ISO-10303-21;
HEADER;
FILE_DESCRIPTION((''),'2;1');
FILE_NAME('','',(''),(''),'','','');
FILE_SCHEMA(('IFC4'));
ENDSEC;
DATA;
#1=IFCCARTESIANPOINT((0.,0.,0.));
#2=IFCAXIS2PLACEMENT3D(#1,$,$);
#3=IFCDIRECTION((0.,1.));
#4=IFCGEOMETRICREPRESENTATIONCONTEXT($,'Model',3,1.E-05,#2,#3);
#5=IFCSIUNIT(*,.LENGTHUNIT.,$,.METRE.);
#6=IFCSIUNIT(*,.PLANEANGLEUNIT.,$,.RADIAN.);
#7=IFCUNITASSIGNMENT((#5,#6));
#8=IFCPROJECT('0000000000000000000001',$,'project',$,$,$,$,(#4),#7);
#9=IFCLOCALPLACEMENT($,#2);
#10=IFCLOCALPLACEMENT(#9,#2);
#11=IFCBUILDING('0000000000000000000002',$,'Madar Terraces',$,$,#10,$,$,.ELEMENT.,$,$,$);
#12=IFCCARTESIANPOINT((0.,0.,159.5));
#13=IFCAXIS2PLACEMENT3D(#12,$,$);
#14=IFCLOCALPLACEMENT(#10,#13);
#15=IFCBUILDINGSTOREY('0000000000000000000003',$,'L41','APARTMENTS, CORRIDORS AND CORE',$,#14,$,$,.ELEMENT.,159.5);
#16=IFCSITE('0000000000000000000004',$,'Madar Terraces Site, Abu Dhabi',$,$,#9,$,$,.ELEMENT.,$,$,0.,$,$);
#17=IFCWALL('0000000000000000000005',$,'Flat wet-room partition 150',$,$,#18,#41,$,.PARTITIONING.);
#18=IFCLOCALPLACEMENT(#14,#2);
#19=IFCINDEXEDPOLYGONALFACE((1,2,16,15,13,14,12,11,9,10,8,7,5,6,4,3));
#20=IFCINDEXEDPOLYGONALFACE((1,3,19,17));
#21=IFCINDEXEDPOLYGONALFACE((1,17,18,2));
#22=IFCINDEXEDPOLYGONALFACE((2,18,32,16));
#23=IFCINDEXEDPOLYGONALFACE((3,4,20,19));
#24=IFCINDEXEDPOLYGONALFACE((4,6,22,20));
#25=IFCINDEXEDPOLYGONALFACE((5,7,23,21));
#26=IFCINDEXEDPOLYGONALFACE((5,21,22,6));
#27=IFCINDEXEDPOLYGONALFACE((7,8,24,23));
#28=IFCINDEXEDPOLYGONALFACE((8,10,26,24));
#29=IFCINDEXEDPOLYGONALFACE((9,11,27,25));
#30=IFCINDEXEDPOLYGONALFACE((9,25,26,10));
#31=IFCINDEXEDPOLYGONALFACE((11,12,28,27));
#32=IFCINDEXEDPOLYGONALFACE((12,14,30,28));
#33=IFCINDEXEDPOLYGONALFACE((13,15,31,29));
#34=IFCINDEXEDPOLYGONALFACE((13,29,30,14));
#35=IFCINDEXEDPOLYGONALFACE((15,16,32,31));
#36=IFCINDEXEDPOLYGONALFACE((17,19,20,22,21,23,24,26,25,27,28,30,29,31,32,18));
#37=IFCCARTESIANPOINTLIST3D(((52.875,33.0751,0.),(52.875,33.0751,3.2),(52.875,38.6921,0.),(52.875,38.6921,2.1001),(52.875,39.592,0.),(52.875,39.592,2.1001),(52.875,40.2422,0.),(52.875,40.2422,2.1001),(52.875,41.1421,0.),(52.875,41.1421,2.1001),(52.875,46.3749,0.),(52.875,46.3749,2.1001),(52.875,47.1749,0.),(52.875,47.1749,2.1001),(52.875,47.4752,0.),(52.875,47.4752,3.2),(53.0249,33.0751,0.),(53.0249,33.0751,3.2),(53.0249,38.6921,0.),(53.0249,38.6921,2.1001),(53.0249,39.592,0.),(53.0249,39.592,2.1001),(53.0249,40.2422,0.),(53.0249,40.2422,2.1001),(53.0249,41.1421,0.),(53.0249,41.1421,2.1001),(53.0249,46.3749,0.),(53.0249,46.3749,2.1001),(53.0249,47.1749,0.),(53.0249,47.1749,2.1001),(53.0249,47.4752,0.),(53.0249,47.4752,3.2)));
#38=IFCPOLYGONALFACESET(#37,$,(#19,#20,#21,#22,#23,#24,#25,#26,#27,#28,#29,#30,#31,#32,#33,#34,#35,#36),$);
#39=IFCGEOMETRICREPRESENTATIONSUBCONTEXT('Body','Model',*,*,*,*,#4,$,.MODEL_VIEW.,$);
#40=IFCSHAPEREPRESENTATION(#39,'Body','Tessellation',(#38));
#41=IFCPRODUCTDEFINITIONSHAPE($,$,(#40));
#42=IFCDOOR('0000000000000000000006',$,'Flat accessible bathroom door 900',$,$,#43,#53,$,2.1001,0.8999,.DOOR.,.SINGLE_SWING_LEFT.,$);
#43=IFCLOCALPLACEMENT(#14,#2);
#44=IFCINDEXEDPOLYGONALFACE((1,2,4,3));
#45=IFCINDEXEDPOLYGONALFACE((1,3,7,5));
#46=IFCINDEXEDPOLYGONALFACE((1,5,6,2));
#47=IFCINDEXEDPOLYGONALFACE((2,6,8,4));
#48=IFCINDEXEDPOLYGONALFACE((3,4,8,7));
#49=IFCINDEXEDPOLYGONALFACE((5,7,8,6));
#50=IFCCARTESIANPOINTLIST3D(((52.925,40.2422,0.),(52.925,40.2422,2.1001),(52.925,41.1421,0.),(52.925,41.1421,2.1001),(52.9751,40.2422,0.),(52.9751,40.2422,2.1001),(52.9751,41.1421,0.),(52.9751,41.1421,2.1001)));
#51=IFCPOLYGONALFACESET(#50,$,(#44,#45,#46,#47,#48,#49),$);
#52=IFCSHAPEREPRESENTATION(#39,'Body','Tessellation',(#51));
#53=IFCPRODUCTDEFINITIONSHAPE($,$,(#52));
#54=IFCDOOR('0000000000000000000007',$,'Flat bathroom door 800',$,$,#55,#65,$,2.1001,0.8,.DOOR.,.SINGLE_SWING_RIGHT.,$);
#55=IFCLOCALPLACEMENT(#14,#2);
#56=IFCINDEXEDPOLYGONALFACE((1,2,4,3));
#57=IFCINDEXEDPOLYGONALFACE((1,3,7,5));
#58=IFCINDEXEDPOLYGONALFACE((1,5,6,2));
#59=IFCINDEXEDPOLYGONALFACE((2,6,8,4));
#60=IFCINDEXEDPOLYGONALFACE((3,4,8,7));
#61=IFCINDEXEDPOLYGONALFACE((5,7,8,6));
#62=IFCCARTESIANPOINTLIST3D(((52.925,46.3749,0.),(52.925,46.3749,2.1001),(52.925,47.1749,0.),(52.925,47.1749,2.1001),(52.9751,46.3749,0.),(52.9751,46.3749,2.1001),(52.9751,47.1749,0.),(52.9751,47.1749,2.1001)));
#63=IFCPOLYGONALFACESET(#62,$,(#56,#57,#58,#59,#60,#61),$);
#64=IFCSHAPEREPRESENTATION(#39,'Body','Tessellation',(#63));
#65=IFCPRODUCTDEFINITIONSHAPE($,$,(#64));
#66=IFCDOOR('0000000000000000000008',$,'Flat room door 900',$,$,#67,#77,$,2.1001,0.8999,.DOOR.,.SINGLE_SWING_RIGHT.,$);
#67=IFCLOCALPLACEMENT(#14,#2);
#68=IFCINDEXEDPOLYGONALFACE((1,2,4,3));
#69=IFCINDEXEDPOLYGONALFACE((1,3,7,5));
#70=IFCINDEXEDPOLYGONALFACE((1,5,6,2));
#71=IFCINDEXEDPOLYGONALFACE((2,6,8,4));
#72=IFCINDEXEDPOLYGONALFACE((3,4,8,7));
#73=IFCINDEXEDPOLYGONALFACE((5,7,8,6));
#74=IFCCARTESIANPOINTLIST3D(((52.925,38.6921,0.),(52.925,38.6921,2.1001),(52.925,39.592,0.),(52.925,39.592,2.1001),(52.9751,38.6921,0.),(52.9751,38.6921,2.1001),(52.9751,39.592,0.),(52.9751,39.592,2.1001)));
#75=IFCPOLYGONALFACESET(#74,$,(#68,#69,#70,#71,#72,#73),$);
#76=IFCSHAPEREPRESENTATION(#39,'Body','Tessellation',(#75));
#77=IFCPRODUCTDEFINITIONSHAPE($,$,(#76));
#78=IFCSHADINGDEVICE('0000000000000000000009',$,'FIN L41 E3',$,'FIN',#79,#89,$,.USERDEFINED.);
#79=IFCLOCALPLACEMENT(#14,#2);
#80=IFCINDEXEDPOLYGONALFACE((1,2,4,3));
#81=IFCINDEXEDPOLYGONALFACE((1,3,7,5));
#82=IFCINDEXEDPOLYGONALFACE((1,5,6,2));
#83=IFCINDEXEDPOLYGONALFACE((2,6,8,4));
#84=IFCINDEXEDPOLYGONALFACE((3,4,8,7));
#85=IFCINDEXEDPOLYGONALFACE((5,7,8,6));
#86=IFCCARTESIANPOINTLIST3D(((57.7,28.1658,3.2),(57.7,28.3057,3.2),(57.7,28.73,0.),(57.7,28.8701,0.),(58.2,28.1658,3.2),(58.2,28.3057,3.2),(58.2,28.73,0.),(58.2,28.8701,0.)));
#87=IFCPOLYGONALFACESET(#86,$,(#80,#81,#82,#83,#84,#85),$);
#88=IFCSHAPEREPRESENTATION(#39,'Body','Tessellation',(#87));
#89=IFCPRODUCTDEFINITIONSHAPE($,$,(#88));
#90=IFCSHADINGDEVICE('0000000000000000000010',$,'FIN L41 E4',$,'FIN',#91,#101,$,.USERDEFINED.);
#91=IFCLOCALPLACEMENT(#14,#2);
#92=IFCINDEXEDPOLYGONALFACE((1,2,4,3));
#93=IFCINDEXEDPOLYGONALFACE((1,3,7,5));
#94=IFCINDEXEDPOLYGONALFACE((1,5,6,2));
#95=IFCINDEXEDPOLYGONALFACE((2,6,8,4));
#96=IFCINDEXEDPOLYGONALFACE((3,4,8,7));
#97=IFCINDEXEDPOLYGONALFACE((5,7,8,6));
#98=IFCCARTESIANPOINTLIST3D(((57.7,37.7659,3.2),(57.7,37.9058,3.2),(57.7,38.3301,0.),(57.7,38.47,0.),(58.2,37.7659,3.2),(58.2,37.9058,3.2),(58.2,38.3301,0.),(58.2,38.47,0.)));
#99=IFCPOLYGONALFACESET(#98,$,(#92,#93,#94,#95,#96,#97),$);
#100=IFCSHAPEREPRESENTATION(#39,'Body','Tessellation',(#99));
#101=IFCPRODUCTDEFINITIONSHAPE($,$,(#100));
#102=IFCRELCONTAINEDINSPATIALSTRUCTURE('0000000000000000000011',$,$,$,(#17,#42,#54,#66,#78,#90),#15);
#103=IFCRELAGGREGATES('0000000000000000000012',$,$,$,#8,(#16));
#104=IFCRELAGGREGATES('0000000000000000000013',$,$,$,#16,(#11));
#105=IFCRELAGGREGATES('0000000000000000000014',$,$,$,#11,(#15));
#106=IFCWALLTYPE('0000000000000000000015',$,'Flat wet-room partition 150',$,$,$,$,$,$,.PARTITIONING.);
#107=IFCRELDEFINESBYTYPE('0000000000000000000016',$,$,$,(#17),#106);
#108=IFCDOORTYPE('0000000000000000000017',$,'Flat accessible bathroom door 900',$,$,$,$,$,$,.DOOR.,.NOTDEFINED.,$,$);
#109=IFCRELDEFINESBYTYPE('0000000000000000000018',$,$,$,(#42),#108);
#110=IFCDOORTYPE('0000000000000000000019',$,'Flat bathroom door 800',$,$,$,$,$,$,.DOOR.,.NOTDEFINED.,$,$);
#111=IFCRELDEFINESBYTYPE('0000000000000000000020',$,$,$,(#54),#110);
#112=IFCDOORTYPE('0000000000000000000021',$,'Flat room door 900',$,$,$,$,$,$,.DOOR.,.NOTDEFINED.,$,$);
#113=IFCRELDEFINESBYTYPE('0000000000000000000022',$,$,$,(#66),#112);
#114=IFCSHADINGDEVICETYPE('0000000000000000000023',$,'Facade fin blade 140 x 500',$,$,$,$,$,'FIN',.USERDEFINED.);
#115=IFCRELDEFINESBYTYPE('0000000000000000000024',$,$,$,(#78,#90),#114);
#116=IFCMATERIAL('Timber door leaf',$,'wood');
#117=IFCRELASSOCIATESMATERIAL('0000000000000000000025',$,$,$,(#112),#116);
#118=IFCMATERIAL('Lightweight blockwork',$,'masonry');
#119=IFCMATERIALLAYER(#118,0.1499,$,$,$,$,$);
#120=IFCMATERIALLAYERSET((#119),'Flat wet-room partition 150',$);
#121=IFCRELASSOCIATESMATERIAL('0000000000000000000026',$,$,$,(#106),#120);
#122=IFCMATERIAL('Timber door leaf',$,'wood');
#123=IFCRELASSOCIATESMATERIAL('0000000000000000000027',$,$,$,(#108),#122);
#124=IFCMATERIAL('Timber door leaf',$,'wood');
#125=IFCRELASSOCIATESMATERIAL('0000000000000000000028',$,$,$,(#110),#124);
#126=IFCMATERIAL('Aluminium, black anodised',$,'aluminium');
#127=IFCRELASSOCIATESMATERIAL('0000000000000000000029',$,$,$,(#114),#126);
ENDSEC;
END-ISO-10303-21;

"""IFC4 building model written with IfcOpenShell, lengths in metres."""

from ifc_helpers import new_model, si_unit, direction, frame, frame_2d, origin, place, context, subcontext, project, spatial, polyline, rectangle, outline, extrude, material, layer, layer_set, type_object, element, fill, save


model = new_model("IFC4")

# Units and contexts
model_context = context("Model", 3, precision=1e-05, world=origin(), true_north=direction((0.0, 1.0)))
body_context = subcontext(model_context, "Body", "Model", "MODEL_VIEW")
ifc_project = project(units=[si_unit("LENGTHUNIT", "METRE"), si_unit("PLANEANGLEUNIT", "RADIAN")], contexts=[model_context])

# Site, building, storey
site_placement = place(None, origin())
site = spatial("IfcSite", under=ifc_project, at=site_placement, Name="Madar Terraces Site, Abu Dhabi", CompositionType="ELEMENT", RefElevation=0.0)
building_placement = place(site_placement, origin())
building = spatial("IfcBuilding", under=site, at=building_placement, Name="Madar Terraces", CompositionType="ELEMENT")
storey_placement = place(building_placement, frame((0.0, 0.0, 159.5)))
storey = spatial("IfcBuildingStorey", under=building, at=storey_placement, Name="L41", Description="APARTMENTS, CORRIDORS AND CORE", CompositionType="ELEMENT", Elevation=159.5)

# Shared definitions
ifc_material_1 = material(Name="Timber door leaf", Category="wood")
door_type_1 = type_object("IfcDoorType", Name="Flat room door 900", OperationType="NOTDEFINED", PredefinedType="DOOR", material=ifc_material_1)

# Shared definitions
ifc_material_2 = material(Name="Lightweight blockwork", Category="masonry")
ifc_layer_1 = layer(ifc_material_2, 0.1499)
ifc_layer_set_1 = layer_set([ifc_layer_1], Name="Flat wet-room partition 150")
wall_type_1 = type_object("IfcWallType", Name="Flat wet-room partition 150", PredefinedType="PARTITIONING", material=ifc_layer_set_1)

# Wall, openings, doors
wall_1_placement = place(storey_placement, frame((52.95, 33.075, 0.0), z_axis=(0.0, 0.0, 1.0), x_axis=(0.0, 1.0, 0.0)))
wall_1 = element("IfcWall", 1, at=wall_1_placement, inside=storey, type_object=wall_type_1, Name="Flat wet-room partition 150", PredefinedType="PARTITIONING", context=body_context, shape_type="SweptSolid", body=[
    extrude(rectangle(XDim=14.4001, YDim=0.1499, at=frame_2d((7.2002, 0.0))), origin(), (0.0, 0.0, 1.0), 3.2),
])
opening_1_placement = place(wall_1_placement, frame((5.6172, 0.0, 0.0)))
opening_1 = element("IfcOpeningElement", 2, at=opening_1_placement, cuts=wall_1, PredefinedType="OPENING", context=body_context, shape_type="SweptSolid", body=[
    extrude(rectangle(XDim=0.8999, YDim=2.1001, at=frame_2d((0.45, 1.05))), frame((0.0, 0.085, 0.0), z_axis=(0.0, -1.0, 0.0), x_axis=(1.0, 0.0, 0.0)), (0.0, 0.0, 1.0), 0.1699),
])
opening_2_placement = place(wall_1_placement, frame((7.1672, 0.0, 0.0)))
opening_2 = element("IfcOpeningElement", 3, at=opening_2_placement, cuts=wall_1, PredefinedType="OPENING", context=body_context, shape_type="SweptSolid", body=[
    extrude(rectangle(XDim=0.8999, YDim=2.1001, at=frame_2d((0.45, 1.05))), frame((0.0, 0.085, 0.0), z_axis=(0.0, -1.0, 0.0), x_axis=(1.0, 0.0, 0.0)), (0.0, 0.0, 1.0), 0.1699),
])
opening_3_placement = place(wall_1_placement, frame((13.3, 0.0, 0.0)))
opening_3 = element("IfcOpeningElement", 4, at=opening_3_placement, cuts=wall_1, PredefinedType="OPENING", context=body_context, shape_type="SweptSolid", body=[
    extrude(rectangle(XDim=0.8, YDim=2.1001, at=frame_2d((0.3999, 1.05))), frame((0.0, 0.085, 0.0), z_axis=(0.0, -1.0, 0.0), x_axis=(1.0, 0.0, 0.0)), (0.0, 0.0, 1.0), 0.1699),
])
ifc_material_3 = material(Name="Timber door leaf", Category="wood")
door_type_2 = type_object("IfcDoorType", Name="Flat accessible bathroom door 900", OperationType="NOTDEFINED", PredefinedType="DOOR", material=ifc_material_3)
door_1_placement = place(opening_2_placement, origin())
door_1 = element("IfcDoor", 5, at=door_1_placement, inside=storey, type_object=door_type_2, Name="Flat accessible bathroom door 900", OperationType="SINGLE_SWING_LEFT", OverallHeight=2.1001, OverallWidth=0.8999, PredefinedType="DOOR", context=body_context, shape_type="SweptSolid", body=[
    extrude(rectangle(XDim=0.8999, YDim=2.1001, at=frame_2d((0.45, 1.05))), frame((0.0, 0.0249, 0.0), z_axis=(0.0, -1.0, 0.0), x_axis=(1.0, 0.0, 0.0)), (0.0, 0.0, 1.0), 0.05),
])
fill(opening_2, door_1)
ifc_material_4 = material(Name="Timber door leaf", Category="wood")
door_type_3 = type_object("IfcDoorType", Name="Flat bathroom door 800", OperationType="NOTDEFINED", PredefinedType="DOOR", material=ifc_material_4)
door_2_placement = place(opening_3_placement, origin())
door_2 = element("IfcDoor", 6, at=door_2_placement, inside=storey, type_object=door_type_3, Name="Flat bathroom door 800", OperationType="SINGLE_SWING_RIGHT", OverallHeight=2.1001, OverallWidth=0.8, PredefinedType="DOOR", context=body_context, shape_type="SweptSolid", body=[
    extrude(rectangle(XDim=0.8, YDim=2.1001, at=frame_2d((0.3999, 1.05))), frame((0.0, 0.0249, 0.0), z_axis=(0.0, -1.0, 0.0), x_axis=(1.0, 0.0, 0.0)), (0.0, 0.0, 1.0), 0.05),
])
fill(opening_3, door_2)
door_3_placement = place(opening_1_placement, origin())
door_3 = element("IfcDoor", 7, at=door_3_placement, inside=storey, type_object=door_type_1, Name="Flat room door 900", OperationType="SINGLE_SWING_RIGHT", OverallHeight=2.1001, OverallWidth=0.8999, PredefinedType="DOOR", context=body_context, shape_type="SweptSolid", body=[
    extrude(rectangle(XDim=0.8999, YDim=2.1001, at=frame_2d((0.45, 1.05))), frame((0.0, 0.0249, 0.0), z_axis=(0.0, -1.0, 0.0), x_axis=(1.0, 0.0, 0.0)), (0.0, 0.0, 1.0), 0.05),
])
fill(opening_1, door_3)

# Shading devices
ifc_material_5 = material(Name="Aluminium, black anodised", Category="aluminium")
shading_device_type = type_object("IfcShadingDeviceType", Name="Facade fin blade 140 x 500", ElementType="FIN", PredefinedType="USERDEFINED", material=ifc_material_5)
shading_device_1_placement = place(storey_placement, frame((57.95, 28.73, 0.0), z_axis=(0.0, 0.0, 1.0), x_axis=(0.0, 1.0, 0.0)))
element("IfcShadingDevice", 8, at=shading_device_1_placement, inside=storey, type_object=shading_device_type, Name="FIN L41 E3", ObjectType="FIN", PredefinedType="USERDEFINED", context=body_context, shape_type="SweptSolid", body=[
    extrude(outline(polyline([(0.0, 0.0), (0.1401, 0.0), (-0.4243, 3.2), (-0.5642, 3.2), (0.0, 0.0)])), frame((0.0, 0.25, 0.0), z_axis=(0.0, -1.0, 0.0), x_axis=(1.0, 0.0, 0.0)), (0.0, 0.0, 1.0), 0.5),
])
shading_device_2_placement = place(storey_placement, frame((57.95, 38.3301, 0.0), z_axis=(0.0, 0.0, 1.0), x_axis=(0.0, 1.0, 0.0)))
element("IfcShadingDevice", 9, at=shading_device_2_placement, inside=storey, type_object=shading_device_type, Name="FIN L41 E4", ObjectType="FIN", PredefinedType="USERDEFINED", context=body_context, shape_type="SweptSolid", body=[
    extrude(outline(polyline([(0.0, 0.0), (0.1399, 0.0), (-0.4243, 3.2), (-0.5642, 3.2), (0.0, 0.0)])), frame((0.0, 0.25, 0.0), z_axis=(0.0, -1.0, 0.0), x_axis=(1.0, 0.0, 0.0)), (0.0, 0.0, 1.0), 0.5),
])

save(model, "model.ifc")
